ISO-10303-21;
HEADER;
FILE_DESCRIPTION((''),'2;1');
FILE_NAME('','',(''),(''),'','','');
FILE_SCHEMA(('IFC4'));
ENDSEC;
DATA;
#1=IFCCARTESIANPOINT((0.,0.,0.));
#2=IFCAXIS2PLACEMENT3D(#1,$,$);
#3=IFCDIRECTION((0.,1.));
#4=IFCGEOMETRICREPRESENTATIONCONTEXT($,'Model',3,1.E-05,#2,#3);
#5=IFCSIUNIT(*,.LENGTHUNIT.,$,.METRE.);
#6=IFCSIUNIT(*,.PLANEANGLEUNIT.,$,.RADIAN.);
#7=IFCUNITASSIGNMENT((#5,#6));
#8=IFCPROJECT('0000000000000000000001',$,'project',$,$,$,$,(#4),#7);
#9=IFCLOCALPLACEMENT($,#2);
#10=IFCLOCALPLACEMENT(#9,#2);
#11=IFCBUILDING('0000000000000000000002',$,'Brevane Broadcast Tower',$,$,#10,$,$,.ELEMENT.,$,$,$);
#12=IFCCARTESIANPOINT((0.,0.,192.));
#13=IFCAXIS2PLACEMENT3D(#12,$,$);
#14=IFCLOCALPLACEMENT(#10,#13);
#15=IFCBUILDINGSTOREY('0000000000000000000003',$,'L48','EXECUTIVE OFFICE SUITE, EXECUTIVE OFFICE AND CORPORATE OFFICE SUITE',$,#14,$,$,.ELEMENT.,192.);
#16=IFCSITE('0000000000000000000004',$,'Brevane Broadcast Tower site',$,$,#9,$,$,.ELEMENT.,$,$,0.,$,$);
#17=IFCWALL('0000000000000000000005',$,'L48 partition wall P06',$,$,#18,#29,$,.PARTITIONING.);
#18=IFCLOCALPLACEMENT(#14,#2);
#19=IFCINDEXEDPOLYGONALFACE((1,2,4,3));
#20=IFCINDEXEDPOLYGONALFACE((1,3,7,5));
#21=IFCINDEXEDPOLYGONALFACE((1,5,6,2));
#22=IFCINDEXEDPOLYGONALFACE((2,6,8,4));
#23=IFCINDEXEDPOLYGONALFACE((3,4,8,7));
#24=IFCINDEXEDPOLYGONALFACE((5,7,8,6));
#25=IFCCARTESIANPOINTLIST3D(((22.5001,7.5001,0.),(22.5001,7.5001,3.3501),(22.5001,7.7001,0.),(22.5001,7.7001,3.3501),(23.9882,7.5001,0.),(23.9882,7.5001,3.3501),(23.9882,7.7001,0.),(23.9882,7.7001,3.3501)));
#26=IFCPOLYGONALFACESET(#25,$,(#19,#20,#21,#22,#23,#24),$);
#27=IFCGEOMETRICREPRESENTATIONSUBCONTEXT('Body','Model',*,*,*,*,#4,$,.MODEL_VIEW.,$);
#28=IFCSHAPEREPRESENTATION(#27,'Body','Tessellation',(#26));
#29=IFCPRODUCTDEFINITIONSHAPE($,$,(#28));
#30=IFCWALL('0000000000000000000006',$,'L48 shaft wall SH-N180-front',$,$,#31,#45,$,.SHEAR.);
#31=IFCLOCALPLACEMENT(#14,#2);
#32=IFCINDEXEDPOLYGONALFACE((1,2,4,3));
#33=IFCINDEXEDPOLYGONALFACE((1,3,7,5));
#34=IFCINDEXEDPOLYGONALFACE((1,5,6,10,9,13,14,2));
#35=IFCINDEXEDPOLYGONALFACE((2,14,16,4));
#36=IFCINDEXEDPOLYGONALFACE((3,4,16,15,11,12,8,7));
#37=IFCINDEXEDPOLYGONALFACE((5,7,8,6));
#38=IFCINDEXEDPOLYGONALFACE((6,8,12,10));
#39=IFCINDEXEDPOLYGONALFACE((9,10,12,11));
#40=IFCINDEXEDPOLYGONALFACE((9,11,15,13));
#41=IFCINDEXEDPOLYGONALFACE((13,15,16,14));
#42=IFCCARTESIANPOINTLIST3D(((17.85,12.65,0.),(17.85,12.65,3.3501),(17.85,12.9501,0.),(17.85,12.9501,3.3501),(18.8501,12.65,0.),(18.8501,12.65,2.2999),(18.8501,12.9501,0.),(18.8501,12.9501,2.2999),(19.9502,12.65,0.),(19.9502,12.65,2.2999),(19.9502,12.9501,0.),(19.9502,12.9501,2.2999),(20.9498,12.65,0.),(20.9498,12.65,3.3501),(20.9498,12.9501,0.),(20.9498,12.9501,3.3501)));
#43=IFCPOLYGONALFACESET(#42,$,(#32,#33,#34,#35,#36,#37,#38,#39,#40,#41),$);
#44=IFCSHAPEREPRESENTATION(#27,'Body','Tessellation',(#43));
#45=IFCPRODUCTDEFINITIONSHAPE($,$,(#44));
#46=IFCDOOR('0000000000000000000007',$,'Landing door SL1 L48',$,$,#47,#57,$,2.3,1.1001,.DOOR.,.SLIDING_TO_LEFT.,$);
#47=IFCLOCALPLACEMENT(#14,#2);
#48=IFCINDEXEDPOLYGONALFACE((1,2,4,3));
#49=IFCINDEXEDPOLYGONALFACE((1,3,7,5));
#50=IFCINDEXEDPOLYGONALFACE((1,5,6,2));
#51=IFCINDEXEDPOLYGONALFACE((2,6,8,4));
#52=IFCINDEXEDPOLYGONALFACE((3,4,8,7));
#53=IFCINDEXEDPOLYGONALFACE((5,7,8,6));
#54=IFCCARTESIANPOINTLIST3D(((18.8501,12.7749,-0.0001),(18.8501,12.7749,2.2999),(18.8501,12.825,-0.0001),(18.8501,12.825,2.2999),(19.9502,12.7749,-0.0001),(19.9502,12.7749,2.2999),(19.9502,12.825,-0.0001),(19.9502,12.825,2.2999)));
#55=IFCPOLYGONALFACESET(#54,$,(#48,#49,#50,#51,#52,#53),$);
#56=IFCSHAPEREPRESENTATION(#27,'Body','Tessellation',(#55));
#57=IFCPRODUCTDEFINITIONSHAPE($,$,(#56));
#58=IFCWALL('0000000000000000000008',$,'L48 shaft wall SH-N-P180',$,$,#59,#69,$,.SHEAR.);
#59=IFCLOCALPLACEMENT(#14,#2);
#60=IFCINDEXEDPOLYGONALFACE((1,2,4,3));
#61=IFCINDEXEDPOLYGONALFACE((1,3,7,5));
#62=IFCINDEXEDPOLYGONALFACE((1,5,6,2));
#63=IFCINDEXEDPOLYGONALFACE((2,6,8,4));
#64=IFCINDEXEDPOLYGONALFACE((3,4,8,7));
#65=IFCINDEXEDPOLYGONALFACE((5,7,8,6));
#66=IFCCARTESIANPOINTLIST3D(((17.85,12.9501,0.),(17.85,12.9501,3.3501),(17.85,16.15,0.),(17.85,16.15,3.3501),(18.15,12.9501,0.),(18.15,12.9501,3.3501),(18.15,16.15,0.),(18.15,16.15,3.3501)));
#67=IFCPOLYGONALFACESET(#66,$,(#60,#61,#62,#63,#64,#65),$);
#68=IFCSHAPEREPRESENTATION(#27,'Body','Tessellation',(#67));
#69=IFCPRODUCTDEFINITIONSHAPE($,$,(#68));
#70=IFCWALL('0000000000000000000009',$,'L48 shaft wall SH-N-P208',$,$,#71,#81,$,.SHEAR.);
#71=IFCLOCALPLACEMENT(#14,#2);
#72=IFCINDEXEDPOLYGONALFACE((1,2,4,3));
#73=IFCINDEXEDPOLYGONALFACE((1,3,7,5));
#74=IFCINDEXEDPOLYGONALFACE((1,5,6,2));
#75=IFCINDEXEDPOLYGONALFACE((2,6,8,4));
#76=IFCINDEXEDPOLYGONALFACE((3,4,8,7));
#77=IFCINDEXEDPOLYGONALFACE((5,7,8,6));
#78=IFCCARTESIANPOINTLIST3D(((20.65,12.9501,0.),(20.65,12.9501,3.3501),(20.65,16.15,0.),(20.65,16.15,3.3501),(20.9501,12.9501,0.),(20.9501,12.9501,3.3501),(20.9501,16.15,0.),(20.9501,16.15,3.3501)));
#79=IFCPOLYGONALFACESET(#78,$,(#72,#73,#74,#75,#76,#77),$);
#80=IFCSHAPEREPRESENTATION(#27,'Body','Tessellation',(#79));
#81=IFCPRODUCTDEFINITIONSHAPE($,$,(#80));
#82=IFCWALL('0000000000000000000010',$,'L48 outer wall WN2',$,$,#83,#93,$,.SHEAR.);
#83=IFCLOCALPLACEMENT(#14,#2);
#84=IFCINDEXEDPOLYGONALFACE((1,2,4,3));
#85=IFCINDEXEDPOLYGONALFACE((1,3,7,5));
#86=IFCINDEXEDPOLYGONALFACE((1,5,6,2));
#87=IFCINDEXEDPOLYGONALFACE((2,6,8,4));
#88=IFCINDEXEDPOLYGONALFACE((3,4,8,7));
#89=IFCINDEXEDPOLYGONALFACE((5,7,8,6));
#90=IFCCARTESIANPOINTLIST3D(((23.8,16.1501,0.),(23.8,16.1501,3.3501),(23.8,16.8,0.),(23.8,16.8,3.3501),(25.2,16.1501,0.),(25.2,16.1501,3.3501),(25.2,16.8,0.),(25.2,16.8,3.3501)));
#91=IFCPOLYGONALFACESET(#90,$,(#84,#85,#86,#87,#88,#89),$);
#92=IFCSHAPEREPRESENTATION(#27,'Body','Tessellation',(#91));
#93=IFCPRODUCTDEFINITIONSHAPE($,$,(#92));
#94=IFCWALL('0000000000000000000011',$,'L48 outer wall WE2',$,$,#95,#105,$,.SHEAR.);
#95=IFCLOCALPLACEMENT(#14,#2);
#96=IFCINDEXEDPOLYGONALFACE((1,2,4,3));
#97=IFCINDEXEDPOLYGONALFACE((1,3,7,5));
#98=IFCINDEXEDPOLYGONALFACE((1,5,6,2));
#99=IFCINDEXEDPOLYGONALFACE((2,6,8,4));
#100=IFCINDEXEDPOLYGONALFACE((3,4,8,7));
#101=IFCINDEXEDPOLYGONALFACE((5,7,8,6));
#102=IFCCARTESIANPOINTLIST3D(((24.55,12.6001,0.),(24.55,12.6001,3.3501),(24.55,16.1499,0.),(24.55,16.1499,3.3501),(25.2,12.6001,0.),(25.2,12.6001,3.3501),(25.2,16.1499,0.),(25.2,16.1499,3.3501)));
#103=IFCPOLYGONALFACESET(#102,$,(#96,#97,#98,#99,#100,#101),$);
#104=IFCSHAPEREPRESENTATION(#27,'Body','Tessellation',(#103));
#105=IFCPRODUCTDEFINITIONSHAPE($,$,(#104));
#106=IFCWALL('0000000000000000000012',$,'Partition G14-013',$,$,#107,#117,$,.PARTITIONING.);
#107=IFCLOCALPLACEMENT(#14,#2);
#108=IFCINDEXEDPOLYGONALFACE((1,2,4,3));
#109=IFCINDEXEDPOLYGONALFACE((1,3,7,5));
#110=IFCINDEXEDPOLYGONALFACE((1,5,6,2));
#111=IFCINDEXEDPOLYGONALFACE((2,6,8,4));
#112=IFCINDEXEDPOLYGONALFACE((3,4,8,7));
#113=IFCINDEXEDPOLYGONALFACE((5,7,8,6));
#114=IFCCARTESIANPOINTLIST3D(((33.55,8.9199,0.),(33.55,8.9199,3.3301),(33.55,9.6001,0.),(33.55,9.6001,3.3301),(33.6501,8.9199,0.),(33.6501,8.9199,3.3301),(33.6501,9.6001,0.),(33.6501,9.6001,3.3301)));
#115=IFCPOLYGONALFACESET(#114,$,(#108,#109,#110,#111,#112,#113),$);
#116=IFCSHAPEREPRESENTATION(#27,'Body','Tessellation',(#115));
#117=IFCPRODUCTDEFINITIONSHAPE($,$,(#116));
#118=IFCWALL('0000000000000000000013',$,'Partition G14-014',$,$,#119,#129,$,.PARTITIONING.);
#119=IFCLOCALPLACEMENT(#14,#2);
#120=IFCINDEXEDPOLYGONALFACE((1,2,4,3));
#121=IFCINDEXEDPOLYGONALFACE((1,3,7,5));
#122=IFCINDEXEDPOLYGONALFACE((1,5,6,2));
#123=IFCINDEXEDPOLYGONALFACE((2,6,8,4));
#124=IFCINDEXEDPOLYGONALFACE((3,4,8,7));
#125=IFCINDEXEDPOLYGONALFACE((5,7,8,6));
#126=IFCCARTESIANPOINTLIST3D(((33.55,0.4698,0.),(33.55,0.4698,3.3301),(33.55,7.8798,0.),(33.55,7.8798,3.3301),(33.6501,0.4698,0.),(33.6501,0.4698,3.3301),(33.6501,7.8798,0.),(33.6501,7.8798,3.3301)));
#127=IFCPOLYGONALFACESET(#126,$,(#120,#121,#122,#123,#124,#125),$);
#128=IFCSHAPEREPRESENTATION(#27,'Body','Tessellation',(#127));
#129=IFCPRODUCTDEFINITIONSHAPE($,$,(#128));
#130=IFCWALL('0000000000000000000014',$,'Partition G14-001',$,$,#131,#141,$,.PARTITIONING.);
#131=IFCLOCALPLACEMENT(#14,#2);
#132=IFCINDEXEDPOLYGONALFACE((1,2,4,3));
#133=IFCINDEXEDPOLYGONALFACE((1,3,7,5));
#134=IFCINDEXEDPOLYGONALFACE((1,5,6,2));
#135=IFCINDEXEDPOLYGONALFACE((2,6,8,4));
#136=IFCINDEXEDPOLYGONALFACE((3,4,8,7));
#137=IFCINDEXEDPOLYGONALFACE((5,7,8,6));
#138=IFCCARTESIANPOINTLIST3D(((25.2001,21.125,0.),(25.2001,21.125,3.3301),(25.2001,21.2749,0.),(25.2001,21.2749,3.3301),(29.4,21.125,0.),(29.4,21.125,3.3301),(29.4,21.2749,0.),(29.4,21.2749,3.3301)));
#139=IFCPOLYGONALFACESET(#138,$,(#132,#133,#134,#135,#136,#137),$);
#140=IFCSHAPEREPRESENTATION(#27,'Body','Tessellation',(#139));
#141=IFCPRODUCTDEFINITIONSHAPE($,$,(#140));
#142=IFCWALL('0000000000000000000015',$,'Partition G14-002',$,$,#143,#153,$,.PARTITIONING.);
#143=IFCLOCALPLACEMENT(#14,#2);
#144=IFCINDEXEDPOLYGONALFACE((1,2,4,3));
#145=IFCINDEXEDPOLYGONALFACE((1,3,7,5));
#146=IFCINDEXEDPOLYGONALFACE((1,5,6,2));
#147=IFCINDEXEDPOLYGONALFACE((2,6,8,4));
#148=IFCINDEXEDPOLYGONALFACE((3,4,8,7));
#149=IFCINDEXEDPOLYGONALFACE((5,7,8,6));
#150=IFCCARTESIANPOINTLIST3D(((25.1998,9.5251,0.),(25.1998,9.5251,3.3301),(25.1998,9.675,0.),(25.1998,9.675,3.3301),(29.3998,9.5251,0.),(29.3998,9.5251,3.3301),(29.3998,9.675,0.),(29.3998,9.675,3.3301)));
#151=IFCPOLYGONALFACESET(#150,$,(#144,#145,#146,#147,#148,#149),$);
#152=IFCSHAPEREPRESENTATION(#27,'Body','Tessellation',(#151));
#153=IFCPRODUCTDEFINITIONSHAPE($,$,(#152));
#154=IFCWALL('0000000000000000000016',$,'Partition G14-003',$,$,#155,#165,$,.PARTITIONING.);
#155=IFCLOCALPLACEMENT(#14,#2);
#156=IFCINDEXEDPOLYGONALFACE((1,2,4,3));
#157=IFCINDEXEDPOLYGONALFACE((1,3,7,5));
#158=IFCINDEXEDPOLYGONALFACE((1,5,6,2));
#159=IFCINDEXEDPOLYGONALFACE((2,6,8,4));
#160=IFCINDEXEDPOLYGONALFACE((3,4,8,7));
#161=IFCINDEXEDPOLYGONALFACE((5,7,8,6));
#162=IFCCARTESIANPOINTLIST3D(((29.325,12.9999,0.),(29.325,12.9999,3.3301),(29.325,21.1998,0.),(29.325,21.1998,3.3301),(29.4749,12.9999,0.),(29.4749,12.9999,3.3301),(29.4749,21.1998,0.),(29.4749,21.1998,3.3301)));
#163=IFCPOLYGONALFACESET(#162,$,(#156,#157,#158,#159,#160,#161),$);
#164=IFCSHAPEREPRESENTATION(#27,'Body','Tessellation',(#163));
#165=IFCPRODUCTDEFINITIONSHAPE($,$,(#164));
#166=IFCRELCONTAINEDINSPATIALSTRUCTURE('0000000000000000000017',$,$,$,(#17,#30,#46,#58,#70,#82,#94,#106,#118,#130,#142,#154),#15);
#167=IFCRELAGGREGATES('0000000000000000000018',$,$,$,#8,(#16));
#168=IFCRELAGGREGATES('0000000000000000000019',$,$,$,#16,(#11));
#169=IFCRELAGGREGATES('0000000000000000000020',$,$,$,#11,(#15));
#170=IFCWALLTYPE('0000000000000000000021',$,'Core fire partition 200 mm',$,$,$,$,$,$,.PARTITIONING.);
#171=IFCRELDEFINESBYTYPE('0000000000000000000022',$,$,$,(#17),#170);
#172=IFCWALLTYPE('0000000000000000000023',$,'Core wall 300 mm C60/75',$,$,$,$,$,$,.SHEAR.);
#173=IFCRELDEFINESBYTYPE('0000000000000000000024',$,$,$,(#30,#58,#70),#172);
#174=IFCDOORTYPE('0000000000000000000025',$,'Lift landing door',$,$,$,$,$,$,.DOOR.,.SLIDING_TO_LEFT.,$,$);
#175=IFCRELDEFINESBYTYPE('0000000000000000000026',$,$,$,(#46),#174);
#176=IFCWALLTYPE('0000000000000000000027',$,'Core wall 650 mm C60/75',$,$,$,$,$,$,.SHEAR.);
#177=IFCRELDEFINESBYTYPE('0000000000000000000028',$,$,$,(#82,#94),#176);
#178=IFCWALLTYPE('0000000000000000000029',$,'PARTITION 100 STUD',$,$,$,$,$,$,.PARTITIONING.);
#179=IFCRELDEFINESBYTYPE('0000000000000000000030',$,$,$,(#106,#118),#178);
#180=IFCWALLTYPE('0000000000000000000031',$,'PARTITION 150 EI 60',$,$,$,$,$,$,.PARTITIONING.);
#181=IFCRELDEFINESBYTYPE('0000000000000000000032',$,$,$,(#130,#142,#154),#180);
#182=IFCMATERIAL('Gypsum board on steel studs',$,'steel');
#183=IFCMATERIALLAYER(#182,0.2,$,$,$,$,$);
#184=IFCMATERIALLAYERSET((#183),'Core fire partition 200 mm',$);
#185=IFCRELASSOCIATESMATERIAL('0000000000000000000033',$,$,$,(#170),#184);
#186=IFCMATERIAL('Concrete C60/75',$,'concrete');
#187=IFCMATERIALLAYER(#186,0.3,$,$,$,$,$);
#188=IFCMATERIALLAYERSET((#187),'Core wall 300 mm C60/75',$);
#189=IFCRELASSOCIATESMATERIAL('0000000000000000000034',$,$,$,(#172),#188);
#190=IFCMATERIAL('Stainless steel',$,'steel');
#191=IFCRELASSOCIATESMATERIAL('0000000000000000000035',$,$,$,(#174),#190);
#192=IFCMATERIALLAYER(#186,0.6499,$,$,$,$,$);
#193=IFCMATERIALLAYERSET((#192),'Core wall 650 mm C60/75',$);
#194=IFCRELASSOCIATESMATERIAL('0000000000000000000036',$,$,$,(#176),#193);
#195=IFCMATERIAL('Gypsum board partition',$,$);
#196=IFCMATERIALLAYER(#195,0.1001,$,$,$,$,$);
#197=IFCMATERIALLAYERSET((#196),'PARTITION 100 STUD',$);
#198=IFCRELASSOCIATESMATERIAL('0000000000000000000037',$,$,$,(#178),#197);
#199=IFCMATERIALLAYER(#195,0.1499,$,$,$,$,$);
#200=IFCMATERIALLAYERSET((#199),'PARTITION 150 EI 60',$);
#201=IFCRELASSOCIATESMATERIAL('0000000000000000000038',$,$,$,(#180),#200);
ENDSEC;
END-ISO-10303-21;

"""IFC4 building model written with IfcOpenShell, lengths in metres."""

from ifc_helpers import new_model, si_unit, direction, frame, frame_2d, origin, place, context, subcontext, project, spatial, rectangle, extrude, material, layer, layer_set, type_object, element, fill, save


model = new_model("IFC4")

# Units and contexts
model_context = context("Model", 3, precision=1e-05, world=origin(), true_north=direction((0.0, 1.0)))
body_context = subcontext(model_context, "Body", "Model", "MODEL_VIEW")
ifc_project = project(units=[si_unit("LENGTHUNIT", "METRE"), si_unit("PLANEANGLEUNIT", "RADIAN")], contexts=[model_context])

# Site, building, storey
site_placement = place(None, origin())
site = spatial("IfcSite", under=ifc_project, at=site_placement, Name="Brevane Broadcast Tower site", CompositionType="ELEMENT", RefElevation=0.0)
building_placement = place(site_placement, origin())
building = spatial("IfcBuilding", under=site, at=building_placement, Name="Brevane Broadcast Tower", CompositionType="ELEMENT")
storey_placement = place(building_placement, frame((0.0, 0.0, 192.0)))
storey = spatial("IfcBuildingStorey", under=building, at=storey_placement, Name="L48", Description="EXECUTIVE OFFICE SUITE, EXECUTIVE OFFICE AND CORPORATE OFFICE SUITE", CompositionType="ELEMENT", Elevation=192.0)

# Shared definitions
ifc_material_1 = material(Name="Concrete C60/75", Category="concrete")

# Shared definitions
ifc_material_2 = material(Name="Gypsum board on steel studs", Category="steel")

# Shared definitions
ifc_layer_1 = layer(ifc_material_2, 0.2)
ifc_layer_set_1 = layer_set([ifc_layer_1], Name="Core fire partition 200 mm")
wall_type_1 = type_object("IfcWallType", Name="Core fire partition 200 mm", PredefinedType="PARTITIONING", material=ifc_layer_set_1)

# Wall
wall_1_placement = place(storey_placement, frame((22.5, 7.6001, 0.0), z_axis=(0.0, 0.0, 1.0), x_axis=(1.0, 0.0, 0.0)))
element("IfcWall", 1, at=wall_1_placement, inside=storey, type_object=wall_type_1, Name="L48 partition wall P06", PredefinedType="PARTITIONING", context=body_context, shape_type="SweptSolid", body=[
    extrude(rectangle(XDim=1.488, YDim=0.2, at=frame_2d((0.7441, 0.0))), origin(), (0.0, 0.0, 1.0), 3.3501),
])

# Wall, opening, door
ifc_layer_2 = layer(ifc_material_1, 0.3)
ifc_layer_set_2 = layer_set([ifc_layer_2], Name="Core wall 300 mm C60/75")
wall_type_2 = type_object("IfcWallType", Name="Core wall 300 mm C60/75", PredefinedType="SHEAR", material=ifc_layer_set_2)
wall_2_placement = place(storey_placement, frame((17.8501, 12.8, 0.0), z_axis=(0.0, 0.0, 1.0), x_axis=(1.0, 0.0, 0.0)))
wall_2 = element("IfcWall", 2, at=wall_2_placement, inside=storey, type_object=wall_type_2, Name="L48 shaft wall SH-N180-front", PredefinedType="SHEAR", context=body_context, shape_type="SweptSolid", body=[
    extrude(rectangle(XDim=3.0999, YDim=0.3, at=frame_2d((1.5498, 0.0))), origin(), (0.0, 0.0, 1.0), 3.3501),
])
opening_1_placement = place(wall_2_placement, frame((1.0, 0.0, 0.0)))
opening_1 = element("IfcOpeningElement", 3, at=opening_1_placement, cuts=wall_2, PredefinedType="OPENING", context=body_context, shape_type="SweptSolid", body=[
    extrude(rectangle(XDim=1.1001, YDim=2.3, at=frame_2d((0.55, 1.1499))), frame((0.0, 0.1599, 0.0), z_axis=(0.0, -1.0, 0.0), x_axis=(1.0, 0.0, 0.0)), (0.0, 0.0, 1.0), 0.3201),
])
ifc_material_3 = material(Name="Stainless steel", Category="steel")
door_type_1 = type_object("IfcDoorType", Name="Lift landing door", OperationType="SLIDING_TO_LEFT", PredefinedType="DOOR", material=ifc_material_3)
door_1_placement = place(opening_1_placement, origin())
door_1 = element("IfcDoor", 4, at=door_1_placement, inside=storey, type_object=door_type_1, Name="Landing door SL1 L48", OperationType="SLIDING_TO_LEFT", OverallHeight=2.3, OverallWidth=1.1001, PredefinedType="DOOR", context=body_context, shape_type="SweptSolid", body=[
    extrude(rectangle(XDim=1.1001, YDim=2.3, at=frame_2d((0.55, 1.1499))), frame((0.0, 0.0249, 0.0), z_axis=(0.0, -1.0, 0.0), x_axis=(1.0, 0.0, 0.0)), (0.0, 0.0, 1.0), 0.05),
])
fill(opening_1, door_1)

# Walls
for number, where, z_axis, x_axis, name in (
    (5, (18.0, 12.95, 0.0), (0.0, 0.0, 1.0), (0.0, 1.0, 0.0), "L48 shaft wall SH-N-P180"),
    (6, (20.8, 12.95, 0.0), (0.0, 0.0, 1.0), (0.0, 1.0, 0.0), "L48 shaft wall SH-N-P208"),
):
    element("IfcWall", number, at=place(storey_placement, frame(where, z_axis=z_axis, x_axis=x_axis)), inside=storey, type_object=wall_type_2, Name=name, PredefinedType="SHEAR", context=body_context, shape_type="SweptSolid", body=[
        extrude(rectangle(XDim=3.2, YDim=0.3, at=frame_2d((1.6001, 0.0))), origin(), (0.0, 0.0, 1.0), 3.3501),
    ])
ifc_layer_3 = layer(ifc_material_1, 0.6499)
ifc_layer_set_3 = layer_set([ifc_layer_3], Name="Core wall 650 mm C60/75")
wall_type_3 = type_object("IfcWallType", Name="Core wall 650 mm C60/75", PredefinedType="SHEAR", material=ifc_layer_set_3)
wall_3_placement = place(storey_placement, frame((23.8, 16.4751, 0.0), z_axis=(0.0, 0.0, 1.0), x_axis=(1.0, 0.0, 0.0)))
element("IfcWall", 7, at=wall_3_placement, inside=storey, type_object=wall_type_3, Name="L48 outer wall WN2", PredefinedType="SHEAR", context=body_context, shape_type="SweptSolid", body=[
    extrude(rectangle(XDim=1.3999, YDim=0.6499, at=frame_2d((0.7, 0.0))), origin(), (0.0, 0.0, 1.0), 3.3501),
])
wall_4_placement = place(storey_placement, frame((24.875, 12.6001, 0.0), z_axis=(0.0, 0.0, 1.0), x_axis=(0.0, 1.0, 0.0)))
element("IfcWall", 8, at=wall_4_placement, inside=storey, type_object=wall_type_3, Name="L48 outer wall WE2", PredefinedType="SHEAR", context=body_context, shape_type="SweptSolid", body=[
    extrude(rectangle(XDim=3.5498, YDim=0.6499, at=frame_2d((1.7749, 0.0))), origin(), (0.0, 0.0, 1.0), 3.3501),
])
ifc_material_4 = material(Name="Gypsum board partition")
ifc_layer_4 = layer(ifc_material_4, 0.1001)
ifc_layer_set_4 = layer_set([ifc_layer_4], Name="PARTITION 100 STUD")
wall_type_4 = type_object("IfcWallType", Name="PARTITION 100 STUD", PredefinedType="PARTITIONING", material=ifc_layer_set_4)
wall_5_placement = place(storey_placement, frame((33.6001, 9.6001, 0.0), z_axis=(0.0, 0.0, 1.0), x_axis=(0.0, -1.0, 0.0)))
element("IfcWall", 9, at=wall_5_placement, inside=storey, type_object=wall_type_4, Name="Partition G14-013", PredefinedType="PARTITIONING", context=body_context, shape_type="SweptSolid", body=[
    extrude(rectangle(XDim=0.6802, YDim=0.1001, at=frame_2d((0.3401, 0.0))), origin(), (0.0, 0.0, 1.0), 3.3301),
])
wall_6_placement = place(storey_placement, frame((33.6001, 7.8799, 0.0), z_axis=(0.0, 0.0, 1.0), x_axis=(0.0, -1.0, 0.0)))
element("IfcWall", 10, at=wall_6_placement, inside=storey, type_object=wall_type_4, Name="Partition G14-014", PredefinedType="PARTITIONING", context=body_context, shape_type="SweptSolid", body=[
    extrude(rectangle(XDim=7.4099, YDim=0.1001, at=frame_2d((3.7051, 0.0))), origin(), (0.0, 0.0, 1.0), 3.3301),
])
ifc_layer_5 = layer(ifc_material_4, 0.1499)
ifc_layer_set_5 = layer_set([ifc_layer_5], Name="PARTITION 150 EI 60")
wall_type_5 = type_object("IfcWallType", Name="PARTITION 150 EI 60", PredefinedType="PARTITIONING", material=ifc_layer_set_5)
for number, where, z_axis, x_axis, name in (
    (11, (25.2, 21.2, 0.0), (0.0, 0.0, 1.0), (1.0, 0.0, 0.0), "Partition G14-001"),
    (12, (29.3999, 9.6001, 0.0), (0.0, 0.0, 1.0), (-1.0, 0.0, 0.0), "Partition G14-002"),
):
    element("IfcWall", number, at=place(storey_placement, frame(where, z_axis=z_axis, x_axis=x_axis)), inside=storey, type_object=wall_type_5, Name=name, PredefinedType="PARTITIONING", context=body_context, shape_type="SweptSolid", body=[
        extrude(rectangle(XDim=4.2, YDim=0.1499, at=frame_2d((2.1001, 0.0))), origin(), (0.0, 0.0, 1.0), 3.3301),
    ])
wall_7_placement = place(storey_placement, frame((29.3999, 21.2, 0.0), z_axis=(0.0, 0.0, 1.0), x_axis=(0.0, -1.0, 0.0)))
element("IfcWall", 13, at=wall_7_placement, inside=storey, type_object=wall_type_5, Name="Partition G14-003", PredefinedType="PARTITIONING", context=body_context, shape_type="SweptSolid", body=[
    extrude(rectangle(XDim=8.2, YDim=0.1499, at=frame_2d((4.1001, 0.0))), origin(), (0.0, 0.0, 1.0), 3.3301),
])

save(model, "model.ifc")
